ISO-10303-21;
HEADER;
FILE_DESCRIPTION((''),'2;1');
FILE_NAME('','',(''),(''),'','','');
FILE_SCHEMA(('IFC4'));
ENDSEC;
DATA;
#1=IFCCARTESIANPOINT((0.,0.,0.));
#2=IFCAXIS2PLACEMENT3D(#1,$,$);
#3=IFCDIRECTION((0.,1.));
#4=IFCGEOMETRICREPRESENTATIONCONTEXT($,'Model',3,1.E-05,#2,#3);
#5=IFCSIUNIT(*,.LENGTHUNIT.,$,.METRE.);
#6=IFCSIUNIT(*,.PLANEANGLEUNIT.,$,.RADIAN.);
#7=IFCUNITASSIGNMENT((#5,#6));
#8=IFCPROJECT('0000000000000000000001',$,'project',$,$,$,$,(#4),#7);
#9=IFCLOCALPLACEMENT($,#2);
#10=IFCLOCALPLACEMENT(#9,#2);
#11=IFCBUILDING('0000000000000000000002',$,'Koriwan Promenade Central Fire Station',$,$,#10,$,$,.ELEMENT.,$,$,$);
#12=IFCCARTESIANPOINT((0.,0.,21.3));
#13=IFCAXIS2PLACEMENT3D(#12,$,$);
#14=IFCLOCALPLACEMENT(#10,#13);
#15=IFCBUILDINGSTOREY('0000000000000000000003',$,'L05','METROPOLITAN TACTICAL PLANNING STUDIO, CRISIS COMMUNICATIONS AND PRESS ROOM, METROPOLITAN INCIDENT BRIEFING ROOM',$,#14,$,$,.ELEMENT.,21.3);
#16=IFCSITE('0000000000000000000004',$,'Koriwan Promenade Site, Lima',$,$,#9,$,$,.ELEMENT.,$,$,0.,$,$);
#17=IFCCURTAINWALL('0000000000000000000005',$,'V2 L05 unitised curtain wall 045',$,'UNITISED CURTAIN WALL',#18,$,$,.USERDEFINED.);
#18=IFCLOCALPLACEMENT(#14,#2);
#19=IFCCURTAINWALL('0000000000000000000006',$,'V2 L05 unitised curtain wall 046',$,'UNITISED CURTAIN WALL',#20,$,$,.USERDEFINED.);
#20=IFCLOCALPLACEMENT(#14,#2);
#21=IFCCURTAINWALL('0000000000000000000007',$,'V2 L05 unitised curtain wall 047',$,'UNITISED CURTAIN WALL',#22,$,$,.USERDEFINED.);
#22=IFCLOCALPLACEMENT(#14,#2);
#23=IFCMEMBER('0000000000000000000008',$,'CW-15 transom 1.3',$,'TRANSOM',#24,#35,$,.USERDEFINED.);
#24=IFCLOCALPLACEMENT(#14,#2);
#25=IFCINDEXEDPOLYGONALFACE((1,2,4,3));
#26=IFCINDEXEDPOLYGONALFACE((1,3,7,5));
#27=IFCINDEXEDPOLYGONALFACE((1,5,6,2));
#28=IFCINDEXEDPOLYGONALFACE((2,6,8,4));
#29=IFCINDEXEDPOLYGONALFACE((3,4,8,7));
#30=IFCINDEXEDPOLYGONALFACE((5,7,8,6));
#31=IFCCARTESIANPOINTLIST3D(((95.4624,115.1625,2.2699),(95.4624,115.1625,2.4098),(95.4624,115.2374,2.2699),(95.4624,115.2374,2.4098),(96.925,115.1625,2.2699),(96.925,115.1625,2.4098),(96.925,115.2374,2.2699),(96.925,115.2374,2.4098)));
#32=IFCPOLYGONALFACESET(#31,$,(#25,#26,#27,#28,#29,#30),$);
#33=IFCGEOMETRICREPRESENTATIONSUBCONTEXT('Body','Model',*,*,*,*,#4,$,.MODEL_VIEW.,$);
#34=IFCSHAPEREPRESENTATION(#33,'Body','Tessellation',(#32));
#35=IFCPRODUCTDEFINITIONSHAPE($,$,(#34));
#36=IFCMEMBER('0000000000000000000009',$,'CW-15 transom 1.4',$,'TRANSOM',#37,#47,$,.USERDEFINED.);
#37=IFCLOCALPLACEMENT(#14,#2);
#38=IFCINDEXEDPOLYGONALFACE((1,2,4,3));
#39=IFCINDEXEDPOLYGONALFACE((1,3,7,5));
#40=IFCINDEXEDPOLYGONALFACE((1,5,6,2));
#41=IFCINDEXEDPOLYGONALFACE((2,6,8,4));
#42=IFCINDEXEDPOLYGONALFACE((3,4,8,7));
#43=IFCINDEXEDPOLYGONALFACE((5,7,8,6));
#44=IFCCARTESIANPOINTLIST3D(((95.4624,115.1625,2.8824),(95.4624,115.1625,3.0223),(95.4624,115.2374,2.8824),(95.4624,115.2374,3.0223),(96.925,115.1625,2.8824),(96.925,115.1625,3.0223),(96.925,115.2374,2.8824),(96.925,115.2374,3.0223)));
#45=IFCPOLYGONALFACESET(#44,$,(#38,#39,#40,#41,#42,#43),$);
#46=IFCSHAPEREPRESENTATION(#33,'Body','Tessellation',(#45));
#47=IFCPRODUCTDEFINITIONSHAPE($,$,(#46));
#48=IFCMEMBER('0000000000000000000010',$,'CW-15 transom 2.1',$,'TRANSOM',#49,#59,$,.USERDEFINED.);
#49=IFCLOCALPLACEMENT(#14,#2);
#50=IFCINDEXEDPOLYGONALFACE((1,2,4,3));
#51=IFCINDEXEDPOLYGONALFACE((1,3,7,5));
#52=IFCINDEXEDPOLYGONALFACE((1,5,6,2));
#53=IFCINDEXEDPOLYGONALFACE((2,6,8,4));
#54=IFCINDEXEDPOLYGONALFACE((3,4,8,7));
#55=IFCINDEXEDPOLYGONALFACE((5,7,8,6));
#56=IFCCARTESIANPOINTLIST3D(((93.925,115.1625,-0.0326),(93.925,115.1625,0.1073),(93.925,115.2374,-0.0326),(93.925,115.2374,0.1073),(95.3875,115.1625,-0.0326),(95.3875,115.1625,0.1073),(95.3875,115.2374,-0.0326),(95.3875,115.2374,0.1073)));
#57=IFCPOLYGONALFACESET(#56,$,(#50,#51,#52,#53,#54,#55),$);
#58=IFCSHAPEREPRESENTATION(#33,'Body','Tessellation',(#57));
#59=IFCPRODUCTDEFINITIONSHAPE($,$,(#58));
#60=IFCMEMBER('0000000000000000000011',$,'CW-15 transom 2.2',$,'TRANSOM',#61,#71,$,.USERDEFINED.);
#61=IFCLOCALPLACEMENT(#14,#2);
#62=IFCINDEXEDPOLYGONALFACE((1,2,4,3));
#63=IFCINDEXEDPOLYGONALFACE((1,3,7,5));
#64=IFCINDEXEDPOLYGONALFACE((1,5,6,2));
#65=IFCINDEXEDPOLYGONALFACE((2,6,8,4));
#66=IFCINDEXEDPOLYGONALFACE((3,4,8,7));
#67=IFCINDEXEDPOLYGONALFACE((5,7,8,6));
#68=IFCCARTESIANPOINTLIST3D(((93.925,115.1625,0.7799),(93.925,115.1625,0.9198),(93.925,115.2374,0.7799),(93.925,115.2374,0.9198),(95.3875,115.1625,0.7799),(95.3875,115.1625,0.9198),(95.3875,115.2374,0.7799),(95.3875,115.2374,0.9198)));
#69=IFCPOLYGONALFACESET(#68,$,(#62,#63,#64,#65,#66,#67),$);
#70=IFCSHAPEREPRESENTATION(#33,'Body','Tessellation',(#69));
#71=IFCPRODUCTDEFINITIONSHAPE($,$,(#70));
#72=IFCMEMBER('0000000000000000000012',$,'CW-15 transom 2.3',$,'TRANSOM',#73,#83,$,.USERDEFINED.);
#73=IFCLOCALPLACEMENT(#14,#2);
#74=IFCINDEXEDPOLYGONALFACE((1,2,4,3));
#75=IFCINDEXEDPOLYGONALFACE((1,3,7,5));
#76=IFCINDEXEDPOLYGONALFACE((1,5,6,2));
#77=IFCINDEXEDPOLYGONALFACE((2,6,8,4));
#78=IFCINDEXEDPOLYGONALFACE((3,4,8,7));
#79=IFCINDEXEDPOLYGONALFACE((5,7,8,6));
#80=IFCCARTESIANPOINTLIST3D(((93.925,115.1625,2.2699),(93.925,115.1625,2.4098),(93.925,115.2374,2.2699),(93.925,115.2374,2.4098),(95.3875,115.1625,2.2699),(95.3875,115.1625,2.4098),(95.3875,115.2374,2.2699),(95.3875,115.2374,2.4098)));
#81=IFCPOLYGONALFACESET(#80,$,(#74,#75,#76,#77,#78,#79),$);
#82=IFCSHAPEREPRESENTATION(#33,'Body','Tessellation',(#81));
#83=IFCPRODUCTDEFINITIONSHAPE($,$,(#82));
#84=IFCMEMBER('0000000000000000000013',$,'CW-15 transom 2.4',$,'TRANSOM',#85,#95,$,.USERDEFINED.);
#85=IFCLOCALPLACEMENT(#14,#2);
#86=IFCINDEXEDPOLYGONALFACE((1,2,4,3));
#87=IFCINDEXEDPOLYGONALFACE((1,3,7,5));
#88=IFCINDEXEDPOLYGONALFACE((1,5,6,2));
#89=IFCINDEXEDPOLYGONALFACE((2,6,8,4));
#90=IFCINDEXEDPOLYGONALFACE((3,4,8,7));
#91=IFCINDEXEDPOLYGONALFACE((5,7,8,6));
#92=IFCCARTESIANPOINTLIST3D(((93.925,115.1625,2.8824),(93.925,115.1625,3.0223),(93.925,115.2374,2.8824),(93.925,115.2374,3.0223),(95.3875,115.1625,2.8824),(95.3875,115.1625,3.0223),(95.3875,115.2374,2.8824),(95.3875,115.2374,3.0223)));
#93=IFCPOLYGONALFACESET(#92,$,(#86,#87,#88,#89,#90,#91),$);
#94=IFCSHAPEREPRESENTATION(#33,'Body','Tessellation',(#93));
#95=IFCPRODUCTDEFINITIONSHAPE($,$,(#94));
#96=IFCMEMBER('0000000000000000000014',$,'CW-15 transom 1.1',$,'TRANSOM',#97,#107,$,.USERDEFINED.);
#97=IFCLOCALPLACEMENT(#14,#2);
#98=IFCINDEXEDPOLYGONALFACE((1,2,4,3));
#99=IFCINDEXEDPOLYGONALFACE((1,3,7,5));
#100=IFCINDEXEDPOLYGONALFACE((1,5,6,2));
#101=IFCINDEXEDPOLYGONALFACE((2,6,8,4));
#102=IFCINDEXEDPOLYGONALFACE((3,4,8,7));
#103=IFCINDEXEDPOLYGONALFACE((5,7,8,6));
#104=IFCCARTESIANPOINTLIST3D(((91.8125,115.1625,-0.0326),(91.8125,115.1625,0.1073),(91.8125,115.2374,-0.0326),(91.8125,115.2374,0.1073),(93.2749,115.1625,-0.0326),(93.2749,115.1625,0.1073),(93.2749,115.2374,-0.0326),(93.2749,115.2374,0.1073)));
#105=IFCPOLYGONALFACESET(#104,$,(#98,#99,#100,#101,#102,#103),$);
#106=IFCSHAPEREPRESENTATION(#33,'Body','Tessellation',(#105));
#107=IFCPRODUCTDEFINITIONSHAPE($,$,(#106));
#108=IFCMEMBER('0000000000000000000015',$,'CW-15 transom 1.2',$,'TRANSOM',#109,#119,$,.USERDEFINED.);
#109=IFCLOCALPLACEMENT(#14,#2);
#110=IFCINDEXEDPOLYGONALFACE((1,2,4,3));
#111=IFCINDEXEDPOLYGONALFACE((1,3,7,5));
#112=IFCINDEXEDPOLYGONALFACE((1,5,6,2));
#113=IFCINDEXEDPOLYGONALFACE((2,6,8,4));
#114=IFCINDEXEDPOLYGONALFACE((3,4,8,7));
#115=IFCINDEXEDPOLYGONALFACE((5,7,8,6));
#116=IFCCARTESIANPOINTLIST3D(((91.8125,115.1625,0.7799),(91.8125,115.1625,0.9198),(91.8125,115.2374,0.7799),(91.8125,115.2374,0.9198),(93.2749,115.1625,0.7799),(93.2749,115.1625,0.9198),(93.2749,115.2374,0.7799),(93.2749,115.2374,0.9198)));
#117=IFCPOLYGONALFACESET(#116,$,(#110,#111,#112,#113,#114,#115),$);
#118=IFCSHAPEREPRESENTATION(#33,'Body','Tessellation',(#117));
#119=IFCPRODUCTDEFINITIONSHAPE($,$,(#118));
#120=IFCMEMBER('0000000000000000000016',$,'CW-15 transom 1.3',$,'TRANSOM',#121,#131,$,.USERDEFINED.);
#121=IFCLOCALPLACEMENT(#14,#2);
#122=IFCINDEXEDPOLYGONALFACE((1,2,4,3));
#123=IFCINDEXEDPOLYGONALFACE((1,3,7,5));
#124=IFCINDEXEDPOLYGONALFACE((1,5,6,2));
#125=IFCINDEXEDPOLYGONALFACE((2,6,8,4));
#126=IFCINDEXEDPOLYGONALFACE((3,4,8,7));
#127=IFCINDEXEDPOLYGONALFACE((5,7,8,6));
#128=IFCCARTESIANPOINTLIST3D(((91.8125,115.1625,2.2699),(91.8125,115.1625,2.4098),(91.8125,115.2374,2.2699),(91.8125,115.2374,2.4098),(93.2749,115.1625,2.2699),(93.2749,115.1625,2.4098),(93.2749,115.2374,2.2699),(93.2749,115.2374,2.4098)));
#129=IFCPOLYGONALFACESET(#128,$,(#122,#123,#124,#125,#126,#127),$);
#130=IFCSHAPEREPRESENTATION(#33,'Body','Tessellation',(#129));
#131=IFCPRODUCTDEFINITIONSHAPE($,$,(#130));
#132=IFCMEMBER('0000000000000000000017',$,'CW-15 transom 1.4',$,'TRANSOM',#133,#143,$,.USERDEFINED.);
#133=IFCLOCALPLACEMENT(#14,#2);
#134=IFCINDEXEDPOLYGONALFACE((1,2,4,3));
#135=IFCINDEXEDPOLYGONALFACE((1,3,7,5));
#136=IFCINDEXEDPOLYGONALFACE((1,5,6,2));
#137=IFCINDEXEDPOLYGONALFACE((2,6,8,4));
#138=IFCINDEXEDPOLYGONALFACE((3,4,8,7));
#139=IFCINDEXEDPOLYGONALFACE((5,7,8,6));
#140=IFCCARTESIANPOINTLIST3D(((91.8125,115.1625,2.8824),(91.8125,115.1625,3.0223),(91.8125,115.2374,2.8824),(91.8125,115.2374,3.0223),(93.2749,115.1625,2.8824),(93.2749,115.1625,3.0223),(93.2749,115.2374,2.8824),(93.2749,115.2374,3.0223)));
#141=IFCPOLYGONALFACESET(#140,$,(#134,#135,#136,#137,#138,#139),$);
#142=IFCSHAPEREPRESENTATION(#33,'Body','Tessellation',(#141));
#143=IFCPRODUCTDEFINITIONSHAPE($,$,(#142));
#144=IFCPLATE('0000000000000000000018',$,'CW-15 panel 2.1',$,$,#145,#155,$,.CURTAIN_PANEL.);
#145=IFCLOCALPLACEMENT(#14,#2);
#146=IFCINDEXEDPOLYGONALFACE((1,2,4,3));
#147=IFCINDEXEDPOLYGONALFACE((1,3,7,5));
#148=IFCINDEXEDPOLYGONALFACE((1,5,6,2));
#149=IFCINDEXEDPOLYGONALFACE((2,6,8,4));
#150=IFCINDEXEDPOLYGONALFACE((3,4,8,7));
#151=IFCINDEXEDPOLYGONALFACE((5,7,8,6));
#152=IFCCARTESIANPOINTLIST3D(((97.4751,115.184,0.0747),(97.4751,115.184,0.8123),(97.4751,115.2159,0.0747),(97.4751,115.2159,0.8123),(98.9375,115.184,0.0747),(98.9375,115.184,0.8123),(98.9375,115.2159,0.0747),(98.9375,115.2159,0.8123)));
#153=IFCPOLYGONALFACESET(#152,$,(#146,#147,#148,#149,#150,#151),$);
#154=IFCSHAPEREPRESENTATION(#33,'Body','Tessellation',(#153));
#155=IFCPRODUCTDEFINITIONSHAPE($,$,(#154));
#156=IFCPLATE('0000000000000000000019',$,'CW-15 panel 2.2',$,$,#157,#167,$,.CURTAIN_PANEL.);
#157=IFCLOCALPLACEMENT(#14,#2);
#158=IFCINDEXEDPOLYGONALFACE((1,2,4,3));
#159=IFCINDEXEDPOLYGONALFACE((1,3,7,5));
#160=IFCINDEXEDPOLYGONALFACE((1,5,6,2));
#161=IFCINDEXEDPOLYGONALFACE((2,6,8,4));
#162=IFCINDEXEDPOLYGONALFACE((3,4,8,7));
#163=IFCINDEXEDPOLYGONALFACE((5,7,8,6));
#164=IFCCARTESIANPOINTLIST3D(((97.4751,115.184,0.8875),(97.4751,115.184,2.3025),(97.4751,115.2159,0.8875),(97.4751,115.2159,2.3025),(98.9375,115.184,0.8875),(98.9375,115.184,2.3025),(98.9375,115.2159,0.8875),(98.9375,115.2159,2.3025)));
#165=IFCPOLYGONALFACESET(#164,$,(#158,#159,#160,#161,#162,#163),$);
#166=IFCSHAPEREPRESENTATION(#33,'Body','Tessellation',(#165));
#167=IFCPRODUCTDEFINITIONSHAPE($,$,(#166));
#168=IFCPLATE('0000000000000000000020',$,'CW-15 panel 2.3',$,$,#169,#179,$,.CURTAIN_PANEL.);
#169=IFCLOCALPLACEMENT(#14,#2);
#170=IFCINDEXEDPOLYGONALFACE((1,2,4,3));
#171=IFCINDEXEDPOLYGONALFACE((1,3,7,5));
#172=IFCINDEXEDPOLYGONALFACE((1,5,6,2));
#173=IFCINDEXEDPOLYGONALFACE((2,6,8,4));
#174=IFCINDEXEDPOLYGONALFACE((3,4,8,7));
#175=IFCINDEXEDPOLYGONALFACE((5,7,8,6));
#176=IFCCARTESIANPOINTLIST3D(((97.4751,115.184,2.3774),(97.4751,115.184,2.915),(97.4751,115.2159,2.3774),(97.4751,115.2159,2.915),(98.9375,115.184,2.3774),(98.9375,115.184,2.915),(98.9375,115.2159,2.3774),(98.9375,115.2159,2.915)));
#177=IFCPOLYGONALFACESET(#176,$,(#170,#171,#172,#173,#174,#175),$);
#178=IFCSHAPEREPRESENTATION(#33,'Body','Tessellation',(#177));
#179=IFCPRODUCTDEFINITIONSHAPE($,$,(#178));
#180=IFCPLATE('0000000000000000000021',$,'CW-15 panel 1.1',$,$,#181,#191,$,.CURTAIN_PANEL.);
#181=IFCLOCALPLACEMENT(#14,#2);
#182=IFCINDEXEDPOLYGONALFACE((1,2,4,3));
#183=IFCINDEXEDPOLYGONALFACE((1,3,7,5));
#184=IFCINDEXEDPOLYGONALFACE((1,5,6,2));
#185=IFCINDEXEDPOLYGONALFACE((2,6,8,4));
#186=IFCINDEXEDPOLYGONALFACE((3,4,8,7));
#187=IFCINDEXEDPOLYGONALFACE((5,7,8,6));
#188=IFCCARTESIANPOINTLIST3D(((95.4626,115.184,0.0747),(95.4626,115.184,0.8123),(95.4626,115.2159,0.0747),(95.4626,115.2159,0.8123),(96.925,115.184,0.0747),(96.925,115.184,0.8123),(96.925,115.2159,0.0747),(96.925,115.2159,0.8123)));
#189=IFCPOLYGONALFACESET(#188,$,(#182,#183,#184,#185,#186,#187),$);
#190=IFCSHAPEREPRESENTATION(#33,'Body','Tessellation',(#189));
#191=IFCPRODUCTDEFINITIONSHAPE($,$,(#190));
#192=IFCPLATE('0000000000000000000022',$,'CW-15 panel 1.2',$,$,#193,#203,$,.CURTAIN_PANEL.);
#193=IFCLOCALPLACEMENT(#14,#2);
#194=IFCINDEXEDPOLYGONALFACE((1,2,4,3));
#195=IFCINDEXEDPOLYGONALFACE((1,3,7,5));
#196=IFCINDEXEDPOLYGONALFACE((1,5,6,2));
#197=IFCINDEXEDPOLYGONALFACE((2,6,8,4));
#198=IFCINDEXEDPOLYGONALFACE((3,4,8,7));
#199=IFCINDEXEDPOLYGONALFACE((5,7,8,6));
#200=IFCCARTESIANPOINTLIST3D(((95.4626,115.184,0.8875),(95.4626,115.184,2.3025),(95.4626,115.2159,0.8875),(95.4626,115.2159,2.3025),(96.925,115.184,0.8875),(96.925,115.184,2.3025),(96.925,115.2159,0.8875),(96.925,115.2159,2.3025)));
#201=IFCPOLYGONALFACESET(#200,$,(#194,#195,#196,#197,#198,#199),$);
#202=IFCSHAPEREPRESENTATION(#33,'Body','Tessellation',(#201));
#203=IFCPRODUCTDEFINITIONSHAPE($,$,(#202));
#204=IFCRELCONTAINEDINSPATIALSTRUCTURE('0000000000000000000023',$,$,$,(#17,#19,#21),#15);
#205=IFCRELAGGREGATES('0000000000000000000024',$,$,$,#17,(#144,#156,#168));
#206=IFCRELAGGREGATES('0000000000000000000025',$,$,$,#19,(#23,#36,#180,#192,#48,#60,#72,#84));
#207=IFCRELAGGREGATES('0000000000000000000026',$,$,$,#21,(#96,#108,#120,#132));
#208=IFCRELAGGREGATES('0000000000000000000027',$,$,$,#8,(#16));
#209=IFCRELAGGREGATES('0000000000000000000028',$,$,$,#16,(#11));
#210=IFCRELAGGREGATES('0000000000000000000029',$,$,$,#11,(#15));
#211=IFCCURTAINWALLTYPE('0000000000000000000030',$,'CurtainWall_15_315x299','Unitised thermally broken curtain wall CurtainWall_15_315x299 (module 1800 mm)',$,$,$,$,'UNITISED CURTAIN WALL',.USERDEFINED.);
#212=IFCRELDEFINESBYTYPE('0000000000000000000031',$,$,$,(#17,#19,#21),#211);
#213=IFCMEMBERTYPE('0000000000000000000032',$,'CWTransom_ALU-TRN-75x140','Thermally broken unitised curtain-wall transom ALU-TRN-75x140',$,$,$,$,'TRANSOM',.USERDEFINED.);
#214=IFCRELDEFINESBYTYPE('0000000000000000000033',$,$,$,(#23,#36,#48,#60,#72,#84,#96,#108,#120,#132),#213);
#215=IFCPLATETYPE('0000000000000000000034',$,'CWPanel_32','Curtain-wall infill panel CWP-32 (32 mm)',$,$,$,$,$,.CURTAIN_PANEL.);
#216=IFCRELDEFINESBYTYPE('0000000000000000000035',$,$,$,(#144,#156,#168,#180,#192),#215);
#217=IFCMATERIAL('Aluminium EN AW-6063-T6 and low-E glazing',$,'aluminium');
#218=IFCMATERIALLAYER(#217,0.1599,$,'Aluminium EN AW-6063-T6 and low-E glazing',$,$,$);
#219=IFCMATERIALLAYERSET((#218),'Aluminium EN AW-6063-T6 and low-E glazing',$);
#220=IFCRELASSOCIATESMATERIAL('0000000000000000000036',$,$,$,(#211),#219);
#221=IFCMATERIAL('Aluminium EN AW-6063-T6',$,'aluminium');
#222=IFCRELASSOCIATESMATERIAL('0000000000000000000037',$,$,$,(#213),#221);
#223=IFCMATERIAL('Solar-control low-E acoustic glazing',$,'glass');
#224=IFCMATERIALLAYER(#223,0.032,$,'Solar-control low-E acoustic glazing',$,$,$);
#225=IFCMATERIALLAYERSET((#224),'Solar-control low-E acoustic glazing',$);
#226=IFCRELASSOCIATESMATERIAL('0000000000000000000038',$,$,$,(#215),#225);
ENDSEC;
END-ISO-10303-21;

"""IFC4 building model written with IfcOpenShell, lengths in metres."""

from ifc_helpers import new_model, si_unit, direction, frame, origin, origin_2d, place, context, subcontext, project, spatial, rectangle, extrude, material, layer, layer_set, material_profile, profile_set, type_object, element, aggregate, save


model = new_model("IFC4")

# Units and contexts
model_context = context("Model", 3, precision=1e-05, world=origin(), true_north=direction((0.0, 1.0)))
body_context = subcontext(model_context, "Body", "Model", "MODEL_VIEW")
ifc_project = project(units=[si_unit("LENGTHUNIT", "METRE"), si_unit("PLANEANGLEUNIT", "RADIAN")], contexts=[model_context])

# Site, building, storey
site_placement = place(None, origin())
site = spatial("IfcSite", under=ifc_project, at=site_placement, Name="Koriwan Promenade Site, Lima", CompositionType="ELEMENT", RefElevation=0.0)
building_placement = place(site_placement, origin())
building = spatial("IfcBuilding", under=site, at=building_placement, Name="Koriwan Promenade Central Fire Station", CompositionType="ELEMENT")
storey_placement = place(building_placement, frame((0.0, 0.0, 21.3)))
storey = spatial("IfcBuildingStorey", under=building, at=storey_placement, Name="L05", Description="METROPOLITAN TACTICAL PLANNING STUDIO, CRISIS COMMUNICATIONS AND PRESS ROOM, METROPOLITAN INCIDENT BRIEFING ROOM", CompositionType="ELEMENT", Elevation=21.3)

# Curtain wall
ifc_material_1 = material(Name="Aluminium EN AW-6063-T6 and low-E glazing", Category="aluminium")
ifc_layer_1 = layer(ifc_material_1, 0.1599, Name="Aluminium EN AW-6063-T6 and low-E glazing")
ifc_layer_set_1 = layer_set([ifc_layer_1], Name="Aluminium EN AW-6063-T6 and low-E glazing")
curtain_wall_type = type_object("IfcCurtainWallType", Name="CurtainWall_15_315x299", Description="Unitised thermally broken curtain wall CurtainWall_15_315x299 (module 1800 mm)", ElementType="UNITISED CURTAIN WALL", PredefinedType="USERDEFINED", material=ifc_layer_set_1)
curtain_wall_1_placement = place(storey_placement, origin())
curtain_wall_1 = element("IfcCurtainWall", 1, at=curtain_wall_1_placement, inside=storey, type_object=curtain_wall_type, Name="V2 L05 unitised curtain wall 045", ObjectType="UNITISED CURTAIN WALL", PredefinedType="USERDEFINED")
ifc_material_2 = material(Name="Aluminium EN AW-6063-T6", Category="aluminium")

# Curtain walls
curtain_wall_2_placement = place(storey_placement, origin())
curtain_wall_2 = element("IfcCurtainWall", 2, at=curtain_wall_2_placement, inside=storey, type_object=curtain_wall_type, Name="V2 L05 unitised curtain wall 046", ObjectType="UNITISED CURTAIN WALL", PredefinedType="USERDEFINED")
curtain_wall_3_placement = place(storey_placement, origin())
curtain_wall_3 = element("IfcCurtainWall", 3, at=curtain_wall_3_placement, inside=storey, type_object=curtain_wall_type, Name="V2 L05 unitised curtain wall 047", ObjectType="UNITISED CURTAIN WALL", PredefinedType="USERDEFINED")

# Members
ifc_material_profile_1 = material_profile(ifc_material_2, rectangle(XDim=0.075, YDim=0.1399, at=origin_2d()), Name="ALU-TRN-75x140")
ifc_profile_set_1 = profile_set([ifc_material_profile_1], Name="Aluminium EN AW-6063-T6")
member_type_1 = type_object("IfcMemberType", Name="CWTransom_ALU-TRN-75x140", Description="Thermally broken unitised curtain-wall transom ALU-TRN-75x140", ElementType="TRANSOM", PredefinedType="USERDEFINED", material=ifc_profile_set_1)
member_1_placement = place(storey_placement, frame((96.925, 115.2, 2.3398), z_axis=(-1.0, 0.0, 0.0), x_axis=(0.0, -1.0, 0.0)))
member_1 = element("IfcMember", 4, at=member_1_placement, type_object=member_type_1, Name="CW-15 transom 1.3", ObjectType="TRANSOM", PredefinedType="USERDEFINED", context=body_context, shape_type="SweptSolid", body=[
    extrude(rectangle(XDim=0.075, YDim=0.1399, at=origin_2d()), origin(), (0.0, 0.0, 1.0), 1.4626),
])
member_2_placement = place(storey_placement, frame((96.925, 115.2, 2.9524), z_axis=(-1.0, 0.0, 0.0), x_axis=(0.0, -1.0, 0.0)))
member_2 = element("IfcMember", 5, at=member_2_placement, type_object=member_type_1, Name="CW-15 transom 1.4", ObjectType="TRANSOM", PredefinedType="USERDEFINED", context=body_context, shape_type="SweptSolid", body=[
    extrude(rectangle(XDim=0.075, YDim=0.1399, at=origin_2d()), origin(), (0.0, 0.0, 1.0), 1.4626),
])
member_3_placement = place(storey_placement, frame((95.3875, 115.2, 0.0374), z_axis=(-1.0, 0.0, 0.0), x_axis=(0.0, -1.0, 0.0)))
member_3 = element("IfcMember", 6, at=member_3_placement, type_object=member_type_1, Name="CW-15 transom 2.1", ObjectType="TRANSOM", PredefinedType="USERDEFINED", context=body_context, shape_type="SweptSolid", body=[
    extrude(rectangle(XDim=0.075, YDim=0.1399, at=origin_2d()), origin(), (0.0, 0.0, 1.0), 1.4624),
])
member_4_placement = place(storey_placement, frame((95.3875, 115.2, 0.8499), z_axis=(-1.0, 0.0, 0.0), x_axis=(0.0, -1.0, 0.0)))
member_4 = element("IfcMember", 7, at=member_4_placement, type_object=member_type_1, Name="CW-15 transom 2.2", ObjectType="TRANSOM", PredefinedType="USERDEFINED", context=body_context, shape_type="SweptSolid", body=[
    extrude(rectangle(XDim=0.075, YDim=0.1399, at=origin_2d()), origin(), (0.0, 0.0, 1.0), 1.4624),
])
member_5_placement = place(storey_placement, frame((95.3875, 115.2, 2.3398), z_axis=(-1.0, 0.0, 0.0), x_axis=(0.0, -1.0, 0.0)))
member_5 = element("IfcMember", 8, at=member_5_placement, type_object=member_type_1, Name="CW-15 transom 2.3", ObjectType="TRANSOM", PredefinedType="USERDEFINED", context=body_context, shape_type="SweptSolid", body=[
    extrude(rectangle(XDim=0.075, YDim=0.1399, at=origin_2d()), origin(), (0.0, 0.0, 1.0), 1.4624),
])
member_6_placement = place(storey_placement, frame((95.3875, 115.2, 2.9524), z_axis=(-1.0, 0.0, 0.0), x_axis=(0.0, -1.0, 0.0)))
member_6 = element("IfcMember", 9, at=member_6_placement, type_object=member_type_1, Name="CW-15 transom 2.4", ObjectType="TRANSOM", PredefinedType="USERDEFINED", context=body_context, shape_type="SweptSolid", body=[
    extrude(rectangle(XDim=0.075, YDim=0.1399, at=origin_2d()), origin(), (0.0, 0.0, 1.0), 1.4624),
])
member_7_placement = place(storey_placement, frame((93.2749, 115.2, 0.0374), z_axis=(-1.0, 0.0, 0.0), x_axis=(0.0, -1.0, 0.0)))
member_7 = element("IfcMember", 10, at=member_7_placement, type_object=member_type_1, Name="CW-15 transom 1.1", ObjectType="TRANSOM", PredefinedType="USERDEFINED", context=body_context, shape_type="SweptSolid", body=[
    extrude(rectangle(XDim=0.075, YDim=0.1399, at=origin_2d()), origin(), (0.0, 0.0, 1.0), 1.4624),
])
member_8_placement = place(storey_placement, frame((93.2749, 115.2, 0.8499), z_axis=(-1.0, 0.0, 0.0), x_axis=(0.0, -1.0, 0.0)))
member_8 = element("IfcMember", 11, at=member_8_placement, type_object=member_type_1, Name="CW-15 transom 1.2", ObjectType="TRANSOM", PredefinedType="USERDEFINED", context=body_context, shape_type="SweptSolid", body=[
    extrude(rectangle(XDim=0.075, YDim=0.1399, at=origin_2d()), origin(), (0.0, 0.0, 1.0), 1.4624),
])
member_9_placement = place(storey_placement, frame((93.2749, 115.2, 2.3398), z_axis=(-1.0, 0.0, 0.0), x_axis=(0.0, -1.0, 0.0)))
member_9 = element("IfcMember", 12, at=member_9_placement, type_object=member_type_1, Name="CW-15 transom 1.3", ObjectType="TRANSOM", PredefinedType="USERDEFINED", context=body_context, shape_type="SweptSolid", body=[
    extrude(rectangle(XDim=0.075, YDim=0.1399, at=origin_2d()), origin(), (0.0, 0.0, 1.0), 1.4624),
])
member_10_placement = place(storey_placement, frame((93.2749, 115.2, 2.9524), z_axis=(-1.0, 0.0, 0.0), x_axis=(0.0, -1.0, 0.0)))
member_10 = element("IfcMember", 13, at=member_10_placement, type_object=member_type_1, Name="CW-15 transom 1.4", ObjectType="TRANSOM", PredefinedType="USERDEFINED", context=body_context, shape_type="SweptSolid", body=[
    extrude(rectangle(XDim=0.075, YDim=0.1399, at=origin_2d()), origin(), (0.0, 0.0, 1.0), 1.4624),
])

# Plates
ifc_material_3 = material(Name="Solar-control low-E acoustic glazing", Category="glass")
ifc_layer_2 = layer(ifc_material_3, 0.032, Name="Solar-control low-E acoustic glazing")
ifc_layer_set_2 = layer_set([ifc_layer_2], Name="Solar-control low-E acoustic glazing")
plate_type = type_object("IfcPlateType", Name="CWPanel_32", Description="Curtain-wall infill panel CWP-32 (32 mm)", PredefinedType="CURTAIN_PANEL", material=ifc_layer_set_2)
plate_1_placement = place(storey_placement, frame((98.2063, 115.2, 0.0747), z_axis=(0.0, 0.0, 1.0), x_axis=(-1.0, 0.0, 0.0)))
plate_1 = element("IfcPlate", 14, at=plate_1_placement, type_object=plate_type, Name="CW-15 panel 2.1", PredefinedType="CURTAIN_PANEL", context=body_context, shape_type="SweptSolid", body=[
    extrude(rectangle(XDim=1.4624, YDim=0.032, at=origin_2d()), origin(), (0.0, 0.0, 1.0), 0.7375),
])
plate_2_placement = place(storey_placement, frame((98.2063, 115.2, 0.8875), z_axis=(0.0, 0.0, 1.0), x_axis=(-1.0, 0.0, 0.0)))
plate_2 = element("IfcPlate", 15, at=plate_2_placement, type_object=plate_type, Name="CW-15 panel 2.2", PredefinedType="CURTAIN_PANEL", context=body_context, shape_type="SweptSolid", body=[
    extrude(rectangle(XDim=1.4624, YDim=0.032, at=origin_2d()), origin(), (0.0, 0.0, 1.0), 1.415),
])
plate_3_placement = place(storey_placement, frame((98.2063, 115.2, 2.3774), z_axis=(0.0, 0.0, 1.0), x_axis=(-1.0, 0.0, 0.0)))
plate_3 = element("IfcPlate", 16, at=plate_3_placement, type_object=plate_type, Name="CW-15 panel 2.3", PredefinedType="CURTAIN_PANEL", context=body_context, shape_type="SweptSolid", body=[
    extrude(rectangle(XDim=1.4624, YDim=0.032, at=origin_2d()), origin(), (0.0, 0.0, 1.0), 0.5376),
])
aggregate(curtain_wall_1, [plate_1, plate_2, plate_3])
plate_4_placement = place(storey_placement, frame((96.1938, 115.2, 0.0747), z_axis=(0.0, 0.0, 1.0), x_axis=(-1.0, 0.0, 0.0)))
plate_4 = element("IfcPlate", 17, at=plate_4_placement, type_object=plate_type, Name="CW-15 panel 1.1", PredefinedType="CURTAIN_PANEL", context=body_context, shape_type="SweptSolid", body=[
    extrude(rectangle(XDim=1.4624, YDim=0.032, at=origin_2d()), origin(), (0.0, 0.0, 1.0), 0.7375),
])
plate_5_placement = place(storey_placement, frame((96.1938, 115.2, 0.8875), z_axis=(0.0, 0.0, 1.0), x_axis=(-1.0, 0.0, 0.0)))
plate_5 = element("IfcPlate", 18, at=plate_5_placement, type_object=plate_type, Name="CW-15 panel 1.2", PredefinedType="CURTAIN_PANEL", context=body_context, shape_type="SweptSolid", body=[
    extrude(rectangle(XDim=1.4624, YDim=0.032, at=origin_2d()), origin(), (0.0, 0.0, 1.0), 1.415),
])
aggregate(curtain_wall_2, [member_1, member_2, plate_4, plate_5, member_3, member_4, member_5, member_6])
aggregate(curtain_wall_3, [member_7, member_8, member_9, member_10])

save(model, "model.ifc")
